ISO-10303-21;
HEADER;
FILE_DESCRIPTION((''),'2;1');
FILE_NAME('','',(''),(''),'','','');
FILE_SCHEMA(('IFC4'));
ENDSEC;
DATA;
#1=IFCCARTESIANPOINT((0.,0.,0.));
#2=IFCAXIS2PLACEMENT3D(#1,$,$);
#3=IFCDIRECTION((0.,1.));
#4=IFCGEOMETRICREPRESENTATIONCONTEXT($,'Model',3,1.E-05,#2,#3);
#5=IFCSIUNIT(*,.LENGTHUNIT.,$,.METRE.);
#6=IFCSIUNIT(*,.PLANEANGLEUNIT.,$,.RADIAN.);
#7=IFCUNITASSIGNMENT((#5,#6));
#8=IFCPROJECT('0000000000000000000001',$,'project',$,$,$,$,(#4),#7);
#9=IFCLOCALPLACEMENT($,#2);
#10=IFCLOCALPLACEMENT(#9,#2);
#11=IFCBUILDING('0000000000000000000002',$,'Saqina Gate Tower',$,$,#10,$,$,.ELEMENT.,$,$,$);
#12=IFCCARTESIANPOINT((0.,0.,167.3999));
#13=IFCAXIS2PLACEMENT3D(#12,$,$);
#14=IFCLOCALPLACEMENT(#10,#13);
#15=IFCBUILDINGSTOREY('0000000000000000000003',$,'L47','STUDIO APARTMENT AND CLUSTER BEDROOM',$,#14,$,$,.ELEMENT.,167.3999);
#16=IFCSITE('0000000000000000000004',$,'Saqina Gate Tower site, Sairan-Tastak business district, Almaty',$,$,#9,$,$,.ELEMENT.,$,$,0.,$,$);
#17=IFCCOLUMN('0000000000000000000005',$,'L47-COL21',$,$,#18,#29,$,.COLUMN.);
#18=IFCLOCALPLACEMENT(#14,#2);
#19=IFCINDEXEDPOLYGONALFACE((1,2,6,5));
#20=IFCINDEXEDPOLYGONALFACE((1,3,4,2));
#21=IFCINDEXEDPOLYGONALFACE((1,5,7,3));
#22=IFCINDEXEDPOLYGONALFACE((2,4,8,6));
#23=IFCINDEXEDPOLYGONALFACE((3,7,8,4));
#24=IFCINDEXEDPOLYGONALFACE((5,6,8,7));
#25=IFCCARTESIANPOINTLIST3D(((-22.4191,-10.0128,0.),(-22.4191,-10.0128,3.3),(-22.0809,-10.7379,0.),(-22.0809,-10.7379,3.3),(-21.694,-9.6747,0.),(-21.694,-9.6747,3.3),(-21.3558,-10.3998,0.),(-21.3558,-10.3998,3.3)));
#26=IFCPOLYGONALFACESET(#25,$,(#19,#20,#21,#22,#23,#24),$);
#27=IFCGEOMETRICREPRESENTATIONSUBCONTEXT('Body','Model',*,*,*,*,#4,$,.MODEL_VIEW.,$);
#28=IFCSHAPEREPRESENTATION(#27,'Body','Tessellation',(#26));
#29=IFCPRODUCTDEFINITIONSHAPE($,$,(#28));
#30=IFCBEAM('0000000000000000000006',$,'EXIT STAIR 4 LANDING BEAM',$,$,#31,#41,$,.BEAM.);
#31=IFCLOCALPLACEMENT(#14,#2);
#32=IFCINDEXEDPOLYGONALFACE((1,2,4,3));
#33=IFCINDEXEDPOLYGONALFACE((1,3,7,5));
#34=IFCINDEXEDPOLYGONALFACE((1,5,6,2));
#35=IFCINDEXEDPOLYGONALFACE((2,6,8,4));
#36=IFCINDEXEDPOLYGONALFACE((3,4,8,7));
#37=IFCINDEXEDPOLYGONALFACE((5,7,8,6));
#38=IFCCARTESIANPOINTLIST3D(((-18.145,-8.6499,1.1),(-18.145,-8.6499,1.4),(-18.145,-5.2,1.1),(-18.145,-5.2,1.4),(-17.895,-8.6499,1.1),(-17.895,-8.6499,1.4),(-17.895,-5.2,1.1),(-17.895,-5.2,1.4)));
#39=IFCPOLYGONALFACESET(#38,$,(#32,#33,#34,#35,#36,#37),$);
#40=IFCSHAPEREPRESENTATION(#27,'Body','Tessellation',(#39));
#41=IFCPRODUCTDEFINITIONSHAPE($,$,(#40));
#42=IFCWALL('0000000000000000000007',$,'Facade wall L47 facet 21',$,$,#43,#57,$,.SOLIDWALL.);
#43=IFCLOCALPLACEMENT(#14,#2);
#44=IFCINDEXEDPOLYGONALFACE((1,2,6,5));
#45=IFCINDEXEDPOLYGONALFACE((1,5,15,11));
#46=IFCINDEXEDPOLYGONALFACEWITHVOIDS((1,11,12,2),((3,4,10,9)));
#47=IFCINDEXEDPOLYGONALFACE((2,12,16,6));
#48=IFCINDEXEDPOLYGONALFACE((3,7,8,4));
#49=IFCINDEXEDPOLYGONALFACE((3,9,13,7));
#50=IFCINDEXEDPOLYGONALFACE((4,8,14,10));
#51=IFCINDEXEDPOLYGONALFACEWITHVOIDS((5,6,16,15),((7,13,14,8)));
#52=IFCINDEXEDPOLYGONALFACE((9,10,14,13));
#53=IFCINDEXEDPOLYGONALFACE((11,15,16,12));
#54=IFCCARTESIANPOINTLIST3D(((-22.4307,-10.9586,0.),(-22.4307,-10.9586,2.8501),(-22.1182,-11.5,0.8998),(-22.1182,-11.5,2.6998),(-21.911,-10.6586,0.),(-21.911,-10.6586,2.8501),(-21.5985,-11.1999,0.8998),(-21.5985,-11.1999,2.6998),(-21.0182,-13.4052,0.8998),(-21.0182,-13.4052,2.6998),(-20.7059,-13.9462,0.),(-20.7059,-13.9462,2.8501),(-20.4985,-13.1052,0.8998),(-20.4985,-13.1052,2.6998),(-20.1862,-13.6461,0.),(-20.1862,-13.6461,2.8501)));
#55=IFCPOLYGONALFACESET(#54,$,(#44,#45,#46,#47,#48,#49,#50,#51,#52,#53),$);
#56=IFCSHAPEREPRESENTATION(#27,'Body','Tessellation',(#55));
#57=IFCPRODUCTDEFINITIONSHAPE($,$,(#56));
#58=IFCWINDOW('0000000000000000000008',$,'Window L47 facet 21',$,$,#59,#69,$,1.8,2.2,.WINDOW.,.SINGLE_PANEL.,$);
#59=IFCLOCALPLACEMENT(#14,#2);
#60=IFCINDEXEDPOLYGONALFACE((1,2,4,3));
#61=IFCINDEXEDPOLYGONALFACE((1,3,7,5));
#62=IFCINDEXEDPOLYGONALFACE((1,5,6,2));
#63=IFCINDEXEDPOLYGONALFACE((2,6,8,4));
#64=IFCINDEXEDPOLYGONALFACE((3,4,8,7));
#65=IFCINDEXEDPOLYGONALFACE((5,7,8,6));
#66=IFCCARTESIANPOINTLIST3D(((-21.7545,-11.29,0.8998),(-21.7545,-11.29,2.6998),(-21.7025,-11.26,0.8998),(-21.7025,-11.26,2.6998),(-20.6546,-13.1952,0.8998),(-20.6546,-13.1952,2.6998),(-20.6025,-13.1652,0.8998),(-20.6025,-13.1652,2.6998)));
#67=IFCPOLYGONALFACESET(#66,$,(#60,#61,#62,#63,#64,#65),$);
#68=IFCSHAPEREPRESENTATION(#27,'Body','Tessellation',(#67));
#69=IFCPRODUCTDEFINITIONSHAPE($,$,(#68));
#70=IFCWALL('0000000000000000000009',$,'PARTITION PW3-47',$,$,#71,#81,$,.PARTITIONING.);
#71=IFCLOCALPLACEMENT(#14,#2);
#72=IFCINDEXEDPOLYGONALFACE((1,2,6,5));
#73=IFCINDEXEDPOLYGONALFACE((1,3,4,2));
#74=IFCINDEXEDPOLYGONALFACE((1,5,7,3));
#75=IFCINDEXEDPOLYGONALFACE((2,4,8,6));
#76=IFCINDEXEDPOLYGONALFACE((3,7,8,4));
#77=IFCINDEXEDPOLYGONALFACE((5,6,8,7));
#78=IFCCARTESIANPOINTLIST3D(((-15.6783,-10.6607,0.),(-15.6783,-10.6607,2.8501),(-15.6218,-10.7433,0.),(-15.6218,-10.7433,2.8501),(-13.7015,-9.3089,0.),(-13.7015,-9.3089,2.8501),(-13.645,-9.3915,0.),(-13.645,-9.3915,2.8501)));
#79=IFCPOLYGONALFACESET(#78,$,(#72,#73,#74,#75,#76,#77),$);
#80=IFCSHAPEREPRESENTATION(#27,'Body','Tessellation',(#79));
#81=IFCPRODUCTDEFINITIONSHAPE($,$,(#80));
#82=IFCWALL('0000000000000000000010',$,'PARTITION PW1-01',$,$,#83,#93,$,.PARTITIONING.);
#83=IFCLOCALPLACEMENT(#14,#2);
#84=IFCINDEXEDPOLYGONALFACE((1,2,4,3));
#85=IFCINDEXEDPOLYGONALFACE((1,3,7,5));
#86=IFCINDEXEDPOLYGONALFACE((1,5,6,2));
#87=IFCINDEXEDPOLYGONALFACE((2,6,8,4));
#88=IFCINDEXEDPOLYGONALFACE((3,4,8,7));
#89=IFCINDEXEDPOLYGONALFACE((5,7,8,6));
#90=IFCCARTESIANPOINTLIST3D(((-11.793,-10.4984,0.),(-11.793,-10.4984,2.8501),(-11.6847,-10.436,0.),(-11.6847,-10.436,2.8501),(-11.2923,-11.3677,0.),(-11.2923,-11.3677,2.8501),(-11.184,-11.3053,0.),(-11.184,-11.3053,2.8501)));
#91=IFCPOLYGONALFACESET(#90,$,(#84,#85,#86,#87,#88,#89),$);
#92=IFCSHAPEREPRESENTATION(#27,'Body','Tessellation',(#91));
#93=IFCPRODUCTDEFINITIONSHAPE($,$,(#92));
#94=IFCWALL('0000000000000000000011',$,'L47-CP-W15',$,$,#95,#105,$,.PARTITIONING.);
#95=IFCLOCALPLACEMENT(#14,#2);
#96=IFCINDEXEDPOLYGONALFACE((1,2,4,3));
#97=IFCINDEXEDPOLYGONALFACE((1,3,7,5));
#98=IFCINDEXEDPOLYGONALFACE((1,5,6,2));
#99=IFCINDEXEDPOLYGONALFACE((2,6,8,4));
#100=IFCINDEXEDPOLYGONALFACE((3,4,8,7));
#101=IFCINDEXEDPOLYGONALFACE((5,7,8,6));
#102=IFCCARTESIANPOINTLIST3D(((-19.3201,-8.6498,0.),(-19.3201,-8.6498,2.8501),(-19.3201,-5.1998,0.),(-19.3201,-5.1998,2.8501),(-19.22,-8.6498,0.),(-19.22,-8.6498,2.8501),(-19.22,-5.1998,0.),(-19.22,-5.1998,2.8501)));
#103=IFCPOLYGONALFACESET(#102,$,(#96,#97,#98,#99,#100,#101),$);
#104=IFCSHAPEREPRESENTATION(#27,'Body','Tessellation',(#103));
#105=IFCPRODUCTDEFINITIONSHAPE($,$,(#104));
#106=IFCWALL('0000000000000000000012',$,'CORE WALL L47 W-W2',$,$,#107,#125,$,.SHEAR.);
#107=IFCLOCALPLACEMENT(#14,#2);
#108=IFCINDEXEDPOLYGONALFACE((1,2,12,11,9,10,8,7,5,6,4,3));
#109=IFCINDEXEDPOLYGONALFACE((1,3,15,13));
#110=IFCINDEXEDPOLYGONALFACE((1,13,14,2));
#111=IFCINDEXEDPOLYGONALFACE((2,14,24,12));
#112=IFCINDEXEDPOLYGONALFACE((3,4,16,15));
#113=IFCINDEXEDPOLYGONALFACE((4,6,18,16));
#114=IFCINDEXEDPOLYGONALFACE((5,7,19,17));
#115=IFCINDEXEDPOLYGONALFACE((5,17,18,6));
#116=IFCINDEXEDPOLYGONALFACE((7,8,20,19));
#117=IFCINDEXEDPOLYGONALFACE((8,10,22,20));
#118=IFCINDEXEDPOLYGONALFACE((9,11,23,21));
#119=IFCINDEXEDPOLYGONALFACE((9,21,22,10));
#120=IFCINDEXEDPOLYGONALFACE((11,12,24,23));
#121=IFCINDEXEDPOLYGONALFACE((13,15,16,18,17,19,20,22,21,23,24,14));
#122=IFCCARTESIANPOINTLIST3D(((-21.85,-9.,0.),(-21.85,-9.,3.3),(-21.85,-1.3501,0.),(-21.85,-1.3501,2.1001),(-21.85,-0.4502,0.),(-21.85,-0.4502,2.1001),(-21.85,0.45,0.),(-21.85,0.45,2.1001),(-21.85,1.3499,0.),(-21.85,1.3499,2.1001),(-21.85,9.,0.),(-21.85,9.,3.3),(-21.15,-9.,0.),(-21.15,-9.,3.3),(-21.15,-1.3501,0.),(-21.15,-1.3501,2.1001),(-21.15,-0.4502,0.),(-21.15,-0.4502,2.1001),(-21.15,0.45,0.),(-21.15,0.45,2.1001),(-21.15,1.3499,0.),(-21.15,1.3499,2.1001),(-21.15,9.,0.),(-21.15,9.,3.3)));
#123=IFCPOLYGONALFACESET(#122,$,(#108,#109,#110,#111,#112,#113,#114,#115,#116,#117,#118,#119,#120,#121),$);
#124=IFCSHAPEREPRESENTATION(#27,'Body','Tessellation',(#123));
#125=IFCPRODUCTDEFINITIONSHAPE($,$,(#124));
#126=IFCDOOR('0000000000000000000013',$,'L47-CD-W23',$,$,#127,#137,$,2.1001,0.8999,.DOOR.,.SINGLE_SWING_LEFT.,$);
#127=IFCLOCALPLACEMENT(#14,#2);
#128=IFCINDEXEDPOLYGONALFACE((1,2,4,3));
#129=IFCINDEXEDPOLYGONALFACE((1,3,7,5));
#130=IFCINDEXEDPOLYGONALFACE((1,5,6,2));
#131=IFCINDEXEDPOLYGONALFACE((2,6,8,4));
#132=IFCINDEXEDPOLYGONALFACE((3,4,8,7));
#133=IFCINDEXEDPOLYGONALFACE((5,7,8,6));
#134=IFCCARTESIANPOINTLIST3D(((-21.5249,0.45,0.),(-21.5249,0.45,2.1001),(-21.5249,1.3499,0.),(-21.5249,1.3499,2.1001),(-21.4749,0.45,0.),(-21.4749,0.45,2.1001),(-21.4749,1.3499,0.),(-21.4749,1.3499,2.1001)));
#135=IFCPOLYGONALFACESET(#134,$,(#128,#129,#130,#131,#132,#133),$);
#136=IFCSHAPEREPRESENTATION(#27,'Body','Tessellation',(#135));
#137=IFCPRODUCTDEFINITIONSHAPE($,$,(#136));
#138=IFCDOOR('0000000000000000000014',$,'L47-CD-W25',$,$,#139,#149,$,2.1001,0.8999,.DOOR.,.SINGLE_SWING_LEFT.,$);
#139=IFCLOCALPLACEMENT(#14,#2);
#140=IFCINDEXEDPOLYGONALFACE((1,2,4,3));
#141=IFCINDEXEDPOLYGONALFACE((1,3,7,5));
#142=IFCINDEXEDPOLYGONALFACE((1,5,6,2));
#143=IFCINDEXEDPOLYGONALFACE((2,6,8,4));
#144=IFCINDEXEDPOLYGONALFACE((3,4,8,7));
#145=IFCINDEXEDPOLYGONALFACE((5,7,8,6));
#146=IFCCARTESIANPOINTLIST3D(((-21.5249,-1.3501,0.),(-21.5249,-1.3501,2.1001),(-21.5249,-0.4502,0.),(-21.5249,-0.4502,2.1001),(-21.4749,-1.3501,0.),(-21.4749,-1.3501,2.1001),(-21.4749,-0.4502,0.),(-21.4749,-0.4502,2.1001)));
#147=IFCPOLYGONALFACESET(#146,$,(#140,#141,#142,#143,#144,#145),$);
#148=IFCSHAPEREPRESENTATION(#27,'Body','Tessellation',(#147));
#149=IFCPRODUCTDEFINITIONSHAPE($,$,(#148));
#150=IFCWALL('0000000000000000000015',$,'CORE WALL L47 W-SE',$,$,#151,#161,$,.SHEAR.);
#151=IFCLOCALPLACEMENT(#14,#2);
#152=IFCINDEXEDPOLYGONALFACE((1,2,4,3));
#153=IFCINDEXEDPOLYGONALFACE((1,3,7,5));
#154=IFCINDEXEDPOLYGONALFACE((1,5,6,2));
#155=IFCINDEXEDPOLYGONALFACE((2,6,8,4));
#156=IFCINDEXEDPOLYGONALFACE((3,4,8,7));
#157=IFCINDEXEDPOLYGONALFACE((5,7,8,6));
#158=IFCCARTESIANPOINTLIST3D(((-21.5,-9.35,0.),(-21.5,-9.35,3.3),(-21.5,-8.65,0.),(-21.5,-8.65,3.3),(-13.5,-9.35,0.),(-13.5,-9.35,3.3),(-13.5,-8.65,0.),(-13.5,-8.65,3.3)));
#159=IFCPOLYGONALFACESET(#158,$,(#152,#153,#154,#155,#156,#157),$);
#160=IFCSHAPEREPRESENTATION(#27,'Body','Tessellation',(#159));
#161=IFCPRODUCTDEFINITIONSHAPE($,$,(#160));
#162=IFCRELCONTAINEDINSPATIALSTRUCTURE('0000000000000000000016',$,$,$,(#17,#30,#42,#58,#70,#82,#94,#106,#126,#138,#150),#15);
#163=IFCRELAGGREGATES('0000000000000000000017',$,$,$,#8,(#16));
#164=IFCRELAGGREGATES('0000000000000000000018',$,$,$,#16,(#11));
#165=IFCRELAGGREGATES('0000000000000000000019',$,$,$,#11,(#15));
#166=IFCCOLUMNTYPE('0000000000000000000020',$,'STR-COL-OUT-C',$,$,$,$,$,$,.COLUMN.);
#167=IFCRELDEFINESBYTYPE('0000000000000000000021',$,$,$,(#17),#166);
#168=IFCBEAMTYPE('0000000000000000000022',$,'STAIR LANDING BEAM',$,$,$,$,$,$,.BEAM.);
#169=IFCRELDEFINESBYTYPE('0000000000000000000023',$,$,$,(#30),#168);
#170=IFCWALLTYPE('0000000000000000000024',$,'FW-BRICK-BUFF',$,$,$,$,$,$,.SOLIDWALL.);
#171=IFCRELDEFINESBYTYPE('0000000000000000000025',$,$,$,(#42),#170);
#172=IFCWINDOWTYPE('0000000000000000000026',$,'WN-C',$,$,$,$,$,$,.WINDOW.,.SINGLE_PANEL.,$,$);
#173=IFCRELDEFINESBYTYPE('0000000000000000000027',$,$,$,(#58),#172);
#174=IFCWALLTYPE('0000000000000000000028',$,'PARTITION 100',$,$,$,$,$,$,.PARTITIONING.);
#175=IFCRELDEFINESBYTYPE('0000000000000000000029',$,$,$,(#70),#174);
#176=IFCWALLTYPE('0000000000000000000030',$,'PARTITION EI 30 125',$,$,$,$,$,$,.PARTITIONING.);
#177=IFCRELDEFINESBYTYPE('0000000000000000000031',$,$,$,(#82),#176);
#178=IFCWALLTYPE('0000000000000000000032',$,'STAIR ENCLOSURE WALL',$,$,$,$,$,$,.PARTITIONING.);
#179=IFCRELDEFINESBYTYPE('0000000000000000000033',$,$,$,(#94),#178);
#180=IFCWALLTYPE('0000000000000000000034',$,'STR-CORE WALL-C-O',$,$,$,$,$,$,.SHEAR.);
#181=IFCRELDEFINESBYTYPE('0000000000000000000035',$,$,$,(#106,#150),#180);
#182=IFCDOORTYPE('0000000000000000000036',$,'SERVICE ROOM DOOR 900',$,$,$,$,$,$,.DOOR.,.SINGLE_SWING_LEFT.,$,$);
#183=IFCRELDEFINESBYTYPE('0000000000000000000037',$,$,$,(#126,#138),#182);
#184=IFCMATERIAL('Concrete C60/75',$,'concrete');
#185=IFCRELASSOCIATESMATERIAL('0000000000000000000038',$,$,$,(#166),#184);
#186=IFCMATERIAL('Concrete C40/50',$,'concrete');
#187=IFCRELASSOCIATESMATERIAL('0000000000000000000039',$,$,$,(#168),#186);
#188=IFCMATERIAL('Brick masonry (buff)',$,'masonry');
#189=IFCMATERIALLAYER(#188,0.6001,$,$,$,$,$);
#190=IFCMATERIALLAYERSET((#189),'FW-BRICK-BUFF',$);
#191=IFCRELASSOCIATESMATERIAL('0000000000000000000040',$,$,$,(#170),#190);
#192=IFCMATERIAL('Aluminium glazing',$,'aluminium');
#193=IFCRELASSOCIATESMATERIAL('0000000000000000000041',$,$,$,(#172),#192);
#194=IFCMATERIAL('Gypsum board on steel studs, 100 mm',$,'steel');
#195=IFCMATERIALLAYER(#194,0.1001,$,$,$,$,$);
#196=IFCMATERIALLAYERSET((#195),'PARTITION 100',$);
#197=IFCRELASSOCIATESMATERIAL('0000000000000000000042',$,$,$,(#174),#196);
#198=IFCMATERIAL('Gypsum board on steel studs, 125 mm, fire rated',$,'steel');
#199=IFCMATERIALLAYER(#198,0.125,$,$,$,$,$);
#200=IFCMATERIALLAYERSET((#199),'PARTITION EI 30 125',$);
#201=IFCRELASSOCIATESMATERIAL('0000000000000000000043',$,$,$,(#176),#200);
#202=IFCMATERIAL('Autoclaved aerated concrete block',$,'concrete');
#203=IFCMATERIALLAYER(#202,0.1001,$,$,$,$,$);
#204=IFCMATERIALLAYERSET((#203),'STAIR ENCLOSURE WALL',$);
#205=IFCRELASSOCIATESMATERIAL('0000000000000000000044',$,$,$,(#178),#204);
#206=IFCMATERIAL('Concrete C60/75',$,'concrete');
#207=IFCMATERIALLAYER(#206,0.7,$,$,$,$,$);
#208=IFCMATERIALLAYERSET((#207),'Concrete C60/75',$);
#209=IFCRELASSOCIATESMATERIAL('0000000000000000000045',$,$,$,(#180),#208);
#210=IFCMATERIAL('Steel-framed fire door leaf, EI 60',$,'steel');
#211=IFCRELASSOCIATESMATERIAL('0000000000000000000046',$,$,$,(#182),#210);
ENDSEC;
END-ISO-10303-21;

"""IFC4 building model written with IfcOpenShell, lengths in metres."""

from ifc_helpers import new_model, si_unit, direction, frame, frame_2d, origin, origin_2d, place, context, subcontext, project, spatial, rectangle, extrude, material, layer, layer_set, material_profile, profile_set, type_object, element, fill, save


model = new_model("IFC4")

# Units and contexts
model_context = context("Model", 3, precision=1e-05, world=origin(), true_north=direction((0.0, 1.0)))
body_context = subcontext(model_context, "Body", "Model", "MODEL_VIEW")
ifc_project = project(units=[si_unit("LENGTHUNIT", "METRE"), si_unit("PLANEANGLEUNIT", "RADIAN")], contexts=[model_context])

# Site, building, storey
site_placement = place(None, origin())
site = spatial("IfcSite", under=ifc_project, at=site_placement, Name="Saqina Gate Tower site, Sairan-Tastak business district, Almaty", CompositionType="ELEMENT", RefElevation=0.0)
building_placement = place(site_placement, origin())
building = spatial("IfcBuilding", under=site, at=building_placement, Name="Saqina Gate Tower", CompositionType="ELEMENT")
storey_placement = place(building_placement, frame((0.0, 0.0, 167.3999)))
storey = spatial("IfcBuildingStorey", under=building, at=storey_placement, Name="L47", Description="STUDIO APARTMENT AND CLUSTER BEDROOM", CompositionType="ELEMENT", Elevation=167.3999)

# Column
ifc_material_1 = material(Name="Concrete C60/75", Category="concrete")
ifc_material_profile_1 = material_profile(ifc_material_1, rectangle(XDim=0.8, YDim=0.8, at=origin_2d()), Name="RC 800x800")
ifc_profile_set_1 = profile_set([ifc_material_profile_1], Name="Concrete C60/75")
column_type = type_object("IfcColumnType", Name="STR-COL-OUT-C", PredefinedType="COLUMN", material=ifc_profile_set_1)
column_placement = place(storey_placement, frame((-21.8875, -10.2063, 0.0), z_axis=(0.0, 0.0, 1.0), x_axis=(-0.906308, -0.422618, 0.0)))
element("IfcColumn", 1, at=column_placement, inside=storey, type_object=column_type, Name="L47-COL21", PredefinedType="COLUMN", context=body_context, shape_type="SweptSolid", body=[
    extrude(rectangle(XDim=0.8, YDim=0.8, at=origin_2d()), origin(), (0.0, 0.0, 1.0), 3.3),
])

# Beam
ifc_material_2 = material(Name="Concrete C40/50", Category="concrete")
ifc_material_profile_2 = material_profile(ifc_material_2, rectangle(XDim=0.25, YDim=0.3, at=origin_2d()), Name="STAIR LANDING BEAM")
ifc_profile_set_2 = profile_set([ifc_material_profile_2], Name="Concrete C40/50")
beam_type = type_object("IfcBeamType", Name="STAIR LANDING BEAM", PredefinedType="BEAM", material=ifc_profile_set_2)
beam_placement = place(storey_placement, frame((-18.02, -8.6499, 1.25), z_axis=(0.0, 1.0, 0.0), x_axis=(-1.0, 0.0, 0.0)))
element("IfcBeam", 2, at=beam_placement, inside=storey, type_object=beam_type, Name="EXIT STAIR 4 LANDING BEAM", PredefinedType="BEAM", context=body_context, shape_type="SweptSolid", body=[
    extrude(rectangle(XDim=0.25, YDim=0.3, at=origin_2d()), origin(), (0.0, 0.0, 1.0), 3.45),
])

# Wall, opening, window
ifc_material_3 = material(Name="Brick masonry (buff)", Category="masonry")
ifc_layer_1 = layer(ifc_material_3, 0.6001)
ifc_layer_set_1 = layer_set([ifc_layer_1], Name="FW-BRICK-BUFF")
wall_type_1 = type_object("IfcWallType", Name="FW-BRICK-BUFF", PredefinedType="SOLIDWALL", material=ifc_layer_set_1)
wall_1_placement = place(storey_placement, frame((-22.1709, -10.8086, 0.0), z_axis=(0.0, 0.0, 1.0), x_axis=(0.499998, -0.866026, 0.0)))
wall_1 = element("IfcWall", 3, at=wall_1_placement, inside=storey, type_object=wall_type_1, Name="Facade wall L47 facet 21", PredefinedType="SOLIDWALL", context=body_context, shape_type="SweptSolid", body=[
    extrude(rectangle(XDim=3.4497, YDim=0.6001, at=frame_2d((1.7249, 0.0))), origin(), (0.0, 0.0, 1.0), 2.8501),
])
opening_1_placement = place(wall_1_placement, frame((0.625, 0.0, 0.8999)))
opening_1 = element("IfcOpeningElement", 4, at=opening_1_placement, cuts=wall_1, PredefinedType="OPENING", context=body_context, shape_type="SweptSolid", body=[
    extrude(rectangle(XDim=2.2, YDim=1.8, at=frame_2d((1.1001, 0.8999))), frame((0.0, 0.312, 0.0), z_axis=(0.0, -1.0, 0.0), x_axis=(1.0, 0.0, 0.0)), (0.0, 0.0, 1.0), 0.624),
])
ifc_material_4 = material(Name="Aluminium glazing", Category="aluminium")
window_type = type_object("IfcWindowType", Name="WN-C", PartitioningType="SINGLE_PANEL", PredefinedType="WINDOW", material=ifc_material_4)
window_placement = place(opening_1_placement, origin())
window = element("IfcWindow", 5, at=window_placement, inside=storey, type_object=window_type, Name="Window L47 facet 21", OverallHeight=1.8, OverallWidth=2.2, PartitioningType="SINGLE_PANEL", PredefinedType="WINDOW", context=body_context, shape_type="SweptSolid", body=[
    extrude(rectangle(XDim=2.2, YDim=1.8, at=frame_2d((1.1001, 0.8999))), frame((0.0, 0.1799, 0.0), z_axis=(0.0, -1.0, 0.0), x_axis=(1.0, 0.0, 0.0)), (0.0, 0.0, 1.0), 0.0601),
])
fill(opening_1, window)

# Walls
ifc_material_5 = material(Name="Gypsum board on steel studs, 100 mm", Category="steel")
ifc_layer_2 = layer(ifc_material_5, 0.1001)
ifc_layer_set_2 = layer_set([ifc_layer_2], Name="PARTITION 100")
wall_type_2 = type_object("IfcWallType", Name="PARTITION 100", PredefinedType="PARTITIONING", material=ifc_layer_set_2)
wall_2_placement = place(storey_placement, frame((-15.6499, -10.7019, 0.0), z_axis=(0.0, 0.0, 1.0), x_axis=(0.825452, 0.564472, 0.0)))
element("IfcWall", 6, at=wall_2_placement, inside=storey, type_object=wall_type_2, Name="PARTITION PW3-47", PredefinedType="PARTITIONING", context=body_context, shape_type="SweptSolid", body=[
    extrude(rectangle(XDim=2.3948, YDim=0.1001, at=frame_2d((1.1973, 0.0))), origin(), (0.0, 0.0, 1.0), 2.8501),
])
ifc_material_6 = material(Name="Gypsum board on steel studs, 125 mm, fire rated", Category="steel")
ifc_layer_3 = layer(ifc_material_6, 0.125)
ifc_layer_set_3 = layer_set([ifc_layer_3], Name="PARTITION EI 30 125")
wall_type_3 = type_object("IfcWallType", Name="PARTITION EI 30 125", PredefinedType="PARTITIONING", material=ifc_layer_set_3)
wall_3_placement = place(storey_placement, frame((-11.7388, -10.4673, 0.0), z_axis=(0.0, 0.0, 1.0), x_axis=(0.499097, -0.866546, 0.0)))
element("IfcWall", 7, at=wall_3_placement, inside=storey, type_object=wall_type_3, Name="PARTITION PW1-01", PredefinedType="PARTITIONING", context=body_context, shape_type="SweptSolid", body=[
    extrude(rectangle(XDim=1.0032, YDim=0.125, at=frame_2d((0.5015, 0.0))), origin(), (0.0, 0.0, 1.0), 2.8501),
])
ifc_material_7 = material(Name="Autoclaved aerated concrete block", Category="concrete")
ifc_layer_4 = layer(ifc_material_7, 0.1001)
ifc_layer_set_4 = layer_set([ifc_layer_4], Name="STAIR ENCLOSURE WALL")
wall_type_4 = type_object("IfcWallType", Name="STAIR ENCLOSURE WALL", PredefinedType="PARTITIONING", material=ifc_layer_set_4)
wall_4_placement = place(storey_placement, frame((-19.27, -8.6499, 0.0), z_axis=(0.0, 0.0, 1.0), x_axis=(0.0, 1.0, 0.0)))
element("IfcWall", 8, at=wall_4_placement, inside=storey, type_object=wall_type_4, Name="L47-CP-W15", PredefinedType="PARTITIONING", context=body_context, shape_type="SweptSolid", body=[
    extrude(rectangle(XDim=3.45, YDim=0.1001, at=frame_2d((1.7251, 0.0))), origin(), (0.0, 0.0, 1.0), 2.8501),
])

# Wall, openings, doors
ifc_material_8 = material(Name="Concrete C60/75", Category="concrete")
ifc_layer_5 = layer(ifc_material_8, 0.7)
ifc_layer_set_5 = layer_set([ifc_layer_5], Name="Concrete C60/75")
wall_type_5 = type_object("IfcWallType", Name="STR-CORE WALL-C-O", PredefinedType="SHEAR", material=ifc_layer_set_5)
wall_5_placement = place(storey_placement, frame((-21.5, -9.0, 0.0), z_axis=(0.0, 0.0, 1.0), x_axis=(0.0, 1.0, 0.0)))
wall_5 = element("IfcWall", 9, at=wall_5_placement, inside=storey, type_object=wall_type_5, Name="CORE WALL L47 W-W2", PredefinedType="SHEAR", context=body_context, shape_type="SweptSolid", body=[
    extrude(rectangle(XDim=18.0, YDim=0.7, at=frame_2d((9.0, 0.0))), origin(), (0.0, 0.0, 1.0), 3.3),
])
opening_2_placement = place(wall_5_placement, frame((9.45, 0.0, 0.0)))
opening_2 = element("IfcOpeningElement", 10, at=opening_2_placement, cuts=wall_5, PredefinedType="OPENING", context=body_context, shape_type="SweptSolid", body=[
    extrude(rectangle(XDim=0.8999, YDim=2.1001, at=frame_2d((0.45, 1.05))), frame((0.0, 0.3621, 0.0), z_axis=(0.0, -1.0, 0.0), x_axis=(1.0, 0.0, 0.0)), (0.0, 0.0, 1.0), 0.7239),
])
opening_3_placement = place(wall_5_placement, frame((7.6499, 0.0, 0.0)))
opening_3 = element("IfcOpeningElement", 11, at=opening_3_placement, cuts=wall_5, PredefinedType="OPENING", context=body_context, shape_type="SweptSolid", body=[
    extrude(rectangle(XDim=0.8999, YDim=2.1001, at=frame_2d((0.45, 1.05))), frame((0.0, 0.3621, 0.0), z_axis=(0.0, -1.0, 0.0), x_axis=(1.0, 0.0, 0.0)), (0.0, 0.0, 1.0), 0.7239),
])
ifc_material_9 = material(Name="Steel-framed fire door leaf, EI 60", Category="steel")
door_type_1 = type_object("IfcDoorType", Name="SERVICE ROOM DOOR 900", OperationType="SINGLE_SWING_LEFT", PredefinedType="DOOR", material=ifc_material_9)
door_1_placement = place(opening_2_placement, origin())
door_1 = element("IfcDoor", 12, at=door_1_placement, inside=storey, type_object=door_type_1, Name="L47-CD-W23", OperationType="SINGLE_SWING_LEFT", OverallHeight=2.1001, OverallWidth=0.8999, PredefinedType="DOOR", context=body_context, shape_type="SweptSolid", body=[
    extrude(rectangle(XDim=0.8999, YDim=2.1001, at=frame_2d((0.45, 1.05))), frame((0.0, 0.0249, 0.0), z_axis=(0.0, -1.0, 0.0), x_axis=(1.0, 0.0, 0.0)), (0.0, 0.0, 1.0), 0.05),
])
fill(opening_2, door_1)
door_2_placement = place(opening_3_placement, origin())
door_2 = element("IfcDoor", 13, at=door_2_placement, inside=storey, type_object=door_type_1, Name="L47-CD-W25", OperationType="SINGLE_SWING_LEFT", OverallHeight=2.1001, OverallWidth=0.8999, PredefinedType="DOOR", context=body_context, shape_type="SweptSolid", body=[
    extrude(rectangle(XDim=0.8999, YDim=2.1001, at=frame_2d((0.45, 1.05))), frame((0.0, 0.0249, 0.0), z_axis=(0.0, -1.0, 0.0), x_axis=(1.0, 0.0, 0.0)), (0.0, 0.0, 1.0), 0.05),
])
fill(opening_3, door_2)

# Wall
wall_6_placement = place(storey_placement, frame((-13.5, -9.0, 0.0), z_axis=(0.0, 0.0, 1.0), x_axis=(-1.0, 0.0, 0.0)))
element("IfcWall", 14, at=wall_6_placement, inside=storey, type_object=wall_type_5, Name="CORE WALL L47 W-SE", PredefinedType="SHEAR", context=body_context, shape_type="SweptSolid", body=[
    extrude(rectangle(XDim=8.0, YDim=0.7, at=frame_2d((4.0, 0.0))), origin(), (0.0, 0.0, 1.0), 3.3),
])

save(model, "model.ifc")
